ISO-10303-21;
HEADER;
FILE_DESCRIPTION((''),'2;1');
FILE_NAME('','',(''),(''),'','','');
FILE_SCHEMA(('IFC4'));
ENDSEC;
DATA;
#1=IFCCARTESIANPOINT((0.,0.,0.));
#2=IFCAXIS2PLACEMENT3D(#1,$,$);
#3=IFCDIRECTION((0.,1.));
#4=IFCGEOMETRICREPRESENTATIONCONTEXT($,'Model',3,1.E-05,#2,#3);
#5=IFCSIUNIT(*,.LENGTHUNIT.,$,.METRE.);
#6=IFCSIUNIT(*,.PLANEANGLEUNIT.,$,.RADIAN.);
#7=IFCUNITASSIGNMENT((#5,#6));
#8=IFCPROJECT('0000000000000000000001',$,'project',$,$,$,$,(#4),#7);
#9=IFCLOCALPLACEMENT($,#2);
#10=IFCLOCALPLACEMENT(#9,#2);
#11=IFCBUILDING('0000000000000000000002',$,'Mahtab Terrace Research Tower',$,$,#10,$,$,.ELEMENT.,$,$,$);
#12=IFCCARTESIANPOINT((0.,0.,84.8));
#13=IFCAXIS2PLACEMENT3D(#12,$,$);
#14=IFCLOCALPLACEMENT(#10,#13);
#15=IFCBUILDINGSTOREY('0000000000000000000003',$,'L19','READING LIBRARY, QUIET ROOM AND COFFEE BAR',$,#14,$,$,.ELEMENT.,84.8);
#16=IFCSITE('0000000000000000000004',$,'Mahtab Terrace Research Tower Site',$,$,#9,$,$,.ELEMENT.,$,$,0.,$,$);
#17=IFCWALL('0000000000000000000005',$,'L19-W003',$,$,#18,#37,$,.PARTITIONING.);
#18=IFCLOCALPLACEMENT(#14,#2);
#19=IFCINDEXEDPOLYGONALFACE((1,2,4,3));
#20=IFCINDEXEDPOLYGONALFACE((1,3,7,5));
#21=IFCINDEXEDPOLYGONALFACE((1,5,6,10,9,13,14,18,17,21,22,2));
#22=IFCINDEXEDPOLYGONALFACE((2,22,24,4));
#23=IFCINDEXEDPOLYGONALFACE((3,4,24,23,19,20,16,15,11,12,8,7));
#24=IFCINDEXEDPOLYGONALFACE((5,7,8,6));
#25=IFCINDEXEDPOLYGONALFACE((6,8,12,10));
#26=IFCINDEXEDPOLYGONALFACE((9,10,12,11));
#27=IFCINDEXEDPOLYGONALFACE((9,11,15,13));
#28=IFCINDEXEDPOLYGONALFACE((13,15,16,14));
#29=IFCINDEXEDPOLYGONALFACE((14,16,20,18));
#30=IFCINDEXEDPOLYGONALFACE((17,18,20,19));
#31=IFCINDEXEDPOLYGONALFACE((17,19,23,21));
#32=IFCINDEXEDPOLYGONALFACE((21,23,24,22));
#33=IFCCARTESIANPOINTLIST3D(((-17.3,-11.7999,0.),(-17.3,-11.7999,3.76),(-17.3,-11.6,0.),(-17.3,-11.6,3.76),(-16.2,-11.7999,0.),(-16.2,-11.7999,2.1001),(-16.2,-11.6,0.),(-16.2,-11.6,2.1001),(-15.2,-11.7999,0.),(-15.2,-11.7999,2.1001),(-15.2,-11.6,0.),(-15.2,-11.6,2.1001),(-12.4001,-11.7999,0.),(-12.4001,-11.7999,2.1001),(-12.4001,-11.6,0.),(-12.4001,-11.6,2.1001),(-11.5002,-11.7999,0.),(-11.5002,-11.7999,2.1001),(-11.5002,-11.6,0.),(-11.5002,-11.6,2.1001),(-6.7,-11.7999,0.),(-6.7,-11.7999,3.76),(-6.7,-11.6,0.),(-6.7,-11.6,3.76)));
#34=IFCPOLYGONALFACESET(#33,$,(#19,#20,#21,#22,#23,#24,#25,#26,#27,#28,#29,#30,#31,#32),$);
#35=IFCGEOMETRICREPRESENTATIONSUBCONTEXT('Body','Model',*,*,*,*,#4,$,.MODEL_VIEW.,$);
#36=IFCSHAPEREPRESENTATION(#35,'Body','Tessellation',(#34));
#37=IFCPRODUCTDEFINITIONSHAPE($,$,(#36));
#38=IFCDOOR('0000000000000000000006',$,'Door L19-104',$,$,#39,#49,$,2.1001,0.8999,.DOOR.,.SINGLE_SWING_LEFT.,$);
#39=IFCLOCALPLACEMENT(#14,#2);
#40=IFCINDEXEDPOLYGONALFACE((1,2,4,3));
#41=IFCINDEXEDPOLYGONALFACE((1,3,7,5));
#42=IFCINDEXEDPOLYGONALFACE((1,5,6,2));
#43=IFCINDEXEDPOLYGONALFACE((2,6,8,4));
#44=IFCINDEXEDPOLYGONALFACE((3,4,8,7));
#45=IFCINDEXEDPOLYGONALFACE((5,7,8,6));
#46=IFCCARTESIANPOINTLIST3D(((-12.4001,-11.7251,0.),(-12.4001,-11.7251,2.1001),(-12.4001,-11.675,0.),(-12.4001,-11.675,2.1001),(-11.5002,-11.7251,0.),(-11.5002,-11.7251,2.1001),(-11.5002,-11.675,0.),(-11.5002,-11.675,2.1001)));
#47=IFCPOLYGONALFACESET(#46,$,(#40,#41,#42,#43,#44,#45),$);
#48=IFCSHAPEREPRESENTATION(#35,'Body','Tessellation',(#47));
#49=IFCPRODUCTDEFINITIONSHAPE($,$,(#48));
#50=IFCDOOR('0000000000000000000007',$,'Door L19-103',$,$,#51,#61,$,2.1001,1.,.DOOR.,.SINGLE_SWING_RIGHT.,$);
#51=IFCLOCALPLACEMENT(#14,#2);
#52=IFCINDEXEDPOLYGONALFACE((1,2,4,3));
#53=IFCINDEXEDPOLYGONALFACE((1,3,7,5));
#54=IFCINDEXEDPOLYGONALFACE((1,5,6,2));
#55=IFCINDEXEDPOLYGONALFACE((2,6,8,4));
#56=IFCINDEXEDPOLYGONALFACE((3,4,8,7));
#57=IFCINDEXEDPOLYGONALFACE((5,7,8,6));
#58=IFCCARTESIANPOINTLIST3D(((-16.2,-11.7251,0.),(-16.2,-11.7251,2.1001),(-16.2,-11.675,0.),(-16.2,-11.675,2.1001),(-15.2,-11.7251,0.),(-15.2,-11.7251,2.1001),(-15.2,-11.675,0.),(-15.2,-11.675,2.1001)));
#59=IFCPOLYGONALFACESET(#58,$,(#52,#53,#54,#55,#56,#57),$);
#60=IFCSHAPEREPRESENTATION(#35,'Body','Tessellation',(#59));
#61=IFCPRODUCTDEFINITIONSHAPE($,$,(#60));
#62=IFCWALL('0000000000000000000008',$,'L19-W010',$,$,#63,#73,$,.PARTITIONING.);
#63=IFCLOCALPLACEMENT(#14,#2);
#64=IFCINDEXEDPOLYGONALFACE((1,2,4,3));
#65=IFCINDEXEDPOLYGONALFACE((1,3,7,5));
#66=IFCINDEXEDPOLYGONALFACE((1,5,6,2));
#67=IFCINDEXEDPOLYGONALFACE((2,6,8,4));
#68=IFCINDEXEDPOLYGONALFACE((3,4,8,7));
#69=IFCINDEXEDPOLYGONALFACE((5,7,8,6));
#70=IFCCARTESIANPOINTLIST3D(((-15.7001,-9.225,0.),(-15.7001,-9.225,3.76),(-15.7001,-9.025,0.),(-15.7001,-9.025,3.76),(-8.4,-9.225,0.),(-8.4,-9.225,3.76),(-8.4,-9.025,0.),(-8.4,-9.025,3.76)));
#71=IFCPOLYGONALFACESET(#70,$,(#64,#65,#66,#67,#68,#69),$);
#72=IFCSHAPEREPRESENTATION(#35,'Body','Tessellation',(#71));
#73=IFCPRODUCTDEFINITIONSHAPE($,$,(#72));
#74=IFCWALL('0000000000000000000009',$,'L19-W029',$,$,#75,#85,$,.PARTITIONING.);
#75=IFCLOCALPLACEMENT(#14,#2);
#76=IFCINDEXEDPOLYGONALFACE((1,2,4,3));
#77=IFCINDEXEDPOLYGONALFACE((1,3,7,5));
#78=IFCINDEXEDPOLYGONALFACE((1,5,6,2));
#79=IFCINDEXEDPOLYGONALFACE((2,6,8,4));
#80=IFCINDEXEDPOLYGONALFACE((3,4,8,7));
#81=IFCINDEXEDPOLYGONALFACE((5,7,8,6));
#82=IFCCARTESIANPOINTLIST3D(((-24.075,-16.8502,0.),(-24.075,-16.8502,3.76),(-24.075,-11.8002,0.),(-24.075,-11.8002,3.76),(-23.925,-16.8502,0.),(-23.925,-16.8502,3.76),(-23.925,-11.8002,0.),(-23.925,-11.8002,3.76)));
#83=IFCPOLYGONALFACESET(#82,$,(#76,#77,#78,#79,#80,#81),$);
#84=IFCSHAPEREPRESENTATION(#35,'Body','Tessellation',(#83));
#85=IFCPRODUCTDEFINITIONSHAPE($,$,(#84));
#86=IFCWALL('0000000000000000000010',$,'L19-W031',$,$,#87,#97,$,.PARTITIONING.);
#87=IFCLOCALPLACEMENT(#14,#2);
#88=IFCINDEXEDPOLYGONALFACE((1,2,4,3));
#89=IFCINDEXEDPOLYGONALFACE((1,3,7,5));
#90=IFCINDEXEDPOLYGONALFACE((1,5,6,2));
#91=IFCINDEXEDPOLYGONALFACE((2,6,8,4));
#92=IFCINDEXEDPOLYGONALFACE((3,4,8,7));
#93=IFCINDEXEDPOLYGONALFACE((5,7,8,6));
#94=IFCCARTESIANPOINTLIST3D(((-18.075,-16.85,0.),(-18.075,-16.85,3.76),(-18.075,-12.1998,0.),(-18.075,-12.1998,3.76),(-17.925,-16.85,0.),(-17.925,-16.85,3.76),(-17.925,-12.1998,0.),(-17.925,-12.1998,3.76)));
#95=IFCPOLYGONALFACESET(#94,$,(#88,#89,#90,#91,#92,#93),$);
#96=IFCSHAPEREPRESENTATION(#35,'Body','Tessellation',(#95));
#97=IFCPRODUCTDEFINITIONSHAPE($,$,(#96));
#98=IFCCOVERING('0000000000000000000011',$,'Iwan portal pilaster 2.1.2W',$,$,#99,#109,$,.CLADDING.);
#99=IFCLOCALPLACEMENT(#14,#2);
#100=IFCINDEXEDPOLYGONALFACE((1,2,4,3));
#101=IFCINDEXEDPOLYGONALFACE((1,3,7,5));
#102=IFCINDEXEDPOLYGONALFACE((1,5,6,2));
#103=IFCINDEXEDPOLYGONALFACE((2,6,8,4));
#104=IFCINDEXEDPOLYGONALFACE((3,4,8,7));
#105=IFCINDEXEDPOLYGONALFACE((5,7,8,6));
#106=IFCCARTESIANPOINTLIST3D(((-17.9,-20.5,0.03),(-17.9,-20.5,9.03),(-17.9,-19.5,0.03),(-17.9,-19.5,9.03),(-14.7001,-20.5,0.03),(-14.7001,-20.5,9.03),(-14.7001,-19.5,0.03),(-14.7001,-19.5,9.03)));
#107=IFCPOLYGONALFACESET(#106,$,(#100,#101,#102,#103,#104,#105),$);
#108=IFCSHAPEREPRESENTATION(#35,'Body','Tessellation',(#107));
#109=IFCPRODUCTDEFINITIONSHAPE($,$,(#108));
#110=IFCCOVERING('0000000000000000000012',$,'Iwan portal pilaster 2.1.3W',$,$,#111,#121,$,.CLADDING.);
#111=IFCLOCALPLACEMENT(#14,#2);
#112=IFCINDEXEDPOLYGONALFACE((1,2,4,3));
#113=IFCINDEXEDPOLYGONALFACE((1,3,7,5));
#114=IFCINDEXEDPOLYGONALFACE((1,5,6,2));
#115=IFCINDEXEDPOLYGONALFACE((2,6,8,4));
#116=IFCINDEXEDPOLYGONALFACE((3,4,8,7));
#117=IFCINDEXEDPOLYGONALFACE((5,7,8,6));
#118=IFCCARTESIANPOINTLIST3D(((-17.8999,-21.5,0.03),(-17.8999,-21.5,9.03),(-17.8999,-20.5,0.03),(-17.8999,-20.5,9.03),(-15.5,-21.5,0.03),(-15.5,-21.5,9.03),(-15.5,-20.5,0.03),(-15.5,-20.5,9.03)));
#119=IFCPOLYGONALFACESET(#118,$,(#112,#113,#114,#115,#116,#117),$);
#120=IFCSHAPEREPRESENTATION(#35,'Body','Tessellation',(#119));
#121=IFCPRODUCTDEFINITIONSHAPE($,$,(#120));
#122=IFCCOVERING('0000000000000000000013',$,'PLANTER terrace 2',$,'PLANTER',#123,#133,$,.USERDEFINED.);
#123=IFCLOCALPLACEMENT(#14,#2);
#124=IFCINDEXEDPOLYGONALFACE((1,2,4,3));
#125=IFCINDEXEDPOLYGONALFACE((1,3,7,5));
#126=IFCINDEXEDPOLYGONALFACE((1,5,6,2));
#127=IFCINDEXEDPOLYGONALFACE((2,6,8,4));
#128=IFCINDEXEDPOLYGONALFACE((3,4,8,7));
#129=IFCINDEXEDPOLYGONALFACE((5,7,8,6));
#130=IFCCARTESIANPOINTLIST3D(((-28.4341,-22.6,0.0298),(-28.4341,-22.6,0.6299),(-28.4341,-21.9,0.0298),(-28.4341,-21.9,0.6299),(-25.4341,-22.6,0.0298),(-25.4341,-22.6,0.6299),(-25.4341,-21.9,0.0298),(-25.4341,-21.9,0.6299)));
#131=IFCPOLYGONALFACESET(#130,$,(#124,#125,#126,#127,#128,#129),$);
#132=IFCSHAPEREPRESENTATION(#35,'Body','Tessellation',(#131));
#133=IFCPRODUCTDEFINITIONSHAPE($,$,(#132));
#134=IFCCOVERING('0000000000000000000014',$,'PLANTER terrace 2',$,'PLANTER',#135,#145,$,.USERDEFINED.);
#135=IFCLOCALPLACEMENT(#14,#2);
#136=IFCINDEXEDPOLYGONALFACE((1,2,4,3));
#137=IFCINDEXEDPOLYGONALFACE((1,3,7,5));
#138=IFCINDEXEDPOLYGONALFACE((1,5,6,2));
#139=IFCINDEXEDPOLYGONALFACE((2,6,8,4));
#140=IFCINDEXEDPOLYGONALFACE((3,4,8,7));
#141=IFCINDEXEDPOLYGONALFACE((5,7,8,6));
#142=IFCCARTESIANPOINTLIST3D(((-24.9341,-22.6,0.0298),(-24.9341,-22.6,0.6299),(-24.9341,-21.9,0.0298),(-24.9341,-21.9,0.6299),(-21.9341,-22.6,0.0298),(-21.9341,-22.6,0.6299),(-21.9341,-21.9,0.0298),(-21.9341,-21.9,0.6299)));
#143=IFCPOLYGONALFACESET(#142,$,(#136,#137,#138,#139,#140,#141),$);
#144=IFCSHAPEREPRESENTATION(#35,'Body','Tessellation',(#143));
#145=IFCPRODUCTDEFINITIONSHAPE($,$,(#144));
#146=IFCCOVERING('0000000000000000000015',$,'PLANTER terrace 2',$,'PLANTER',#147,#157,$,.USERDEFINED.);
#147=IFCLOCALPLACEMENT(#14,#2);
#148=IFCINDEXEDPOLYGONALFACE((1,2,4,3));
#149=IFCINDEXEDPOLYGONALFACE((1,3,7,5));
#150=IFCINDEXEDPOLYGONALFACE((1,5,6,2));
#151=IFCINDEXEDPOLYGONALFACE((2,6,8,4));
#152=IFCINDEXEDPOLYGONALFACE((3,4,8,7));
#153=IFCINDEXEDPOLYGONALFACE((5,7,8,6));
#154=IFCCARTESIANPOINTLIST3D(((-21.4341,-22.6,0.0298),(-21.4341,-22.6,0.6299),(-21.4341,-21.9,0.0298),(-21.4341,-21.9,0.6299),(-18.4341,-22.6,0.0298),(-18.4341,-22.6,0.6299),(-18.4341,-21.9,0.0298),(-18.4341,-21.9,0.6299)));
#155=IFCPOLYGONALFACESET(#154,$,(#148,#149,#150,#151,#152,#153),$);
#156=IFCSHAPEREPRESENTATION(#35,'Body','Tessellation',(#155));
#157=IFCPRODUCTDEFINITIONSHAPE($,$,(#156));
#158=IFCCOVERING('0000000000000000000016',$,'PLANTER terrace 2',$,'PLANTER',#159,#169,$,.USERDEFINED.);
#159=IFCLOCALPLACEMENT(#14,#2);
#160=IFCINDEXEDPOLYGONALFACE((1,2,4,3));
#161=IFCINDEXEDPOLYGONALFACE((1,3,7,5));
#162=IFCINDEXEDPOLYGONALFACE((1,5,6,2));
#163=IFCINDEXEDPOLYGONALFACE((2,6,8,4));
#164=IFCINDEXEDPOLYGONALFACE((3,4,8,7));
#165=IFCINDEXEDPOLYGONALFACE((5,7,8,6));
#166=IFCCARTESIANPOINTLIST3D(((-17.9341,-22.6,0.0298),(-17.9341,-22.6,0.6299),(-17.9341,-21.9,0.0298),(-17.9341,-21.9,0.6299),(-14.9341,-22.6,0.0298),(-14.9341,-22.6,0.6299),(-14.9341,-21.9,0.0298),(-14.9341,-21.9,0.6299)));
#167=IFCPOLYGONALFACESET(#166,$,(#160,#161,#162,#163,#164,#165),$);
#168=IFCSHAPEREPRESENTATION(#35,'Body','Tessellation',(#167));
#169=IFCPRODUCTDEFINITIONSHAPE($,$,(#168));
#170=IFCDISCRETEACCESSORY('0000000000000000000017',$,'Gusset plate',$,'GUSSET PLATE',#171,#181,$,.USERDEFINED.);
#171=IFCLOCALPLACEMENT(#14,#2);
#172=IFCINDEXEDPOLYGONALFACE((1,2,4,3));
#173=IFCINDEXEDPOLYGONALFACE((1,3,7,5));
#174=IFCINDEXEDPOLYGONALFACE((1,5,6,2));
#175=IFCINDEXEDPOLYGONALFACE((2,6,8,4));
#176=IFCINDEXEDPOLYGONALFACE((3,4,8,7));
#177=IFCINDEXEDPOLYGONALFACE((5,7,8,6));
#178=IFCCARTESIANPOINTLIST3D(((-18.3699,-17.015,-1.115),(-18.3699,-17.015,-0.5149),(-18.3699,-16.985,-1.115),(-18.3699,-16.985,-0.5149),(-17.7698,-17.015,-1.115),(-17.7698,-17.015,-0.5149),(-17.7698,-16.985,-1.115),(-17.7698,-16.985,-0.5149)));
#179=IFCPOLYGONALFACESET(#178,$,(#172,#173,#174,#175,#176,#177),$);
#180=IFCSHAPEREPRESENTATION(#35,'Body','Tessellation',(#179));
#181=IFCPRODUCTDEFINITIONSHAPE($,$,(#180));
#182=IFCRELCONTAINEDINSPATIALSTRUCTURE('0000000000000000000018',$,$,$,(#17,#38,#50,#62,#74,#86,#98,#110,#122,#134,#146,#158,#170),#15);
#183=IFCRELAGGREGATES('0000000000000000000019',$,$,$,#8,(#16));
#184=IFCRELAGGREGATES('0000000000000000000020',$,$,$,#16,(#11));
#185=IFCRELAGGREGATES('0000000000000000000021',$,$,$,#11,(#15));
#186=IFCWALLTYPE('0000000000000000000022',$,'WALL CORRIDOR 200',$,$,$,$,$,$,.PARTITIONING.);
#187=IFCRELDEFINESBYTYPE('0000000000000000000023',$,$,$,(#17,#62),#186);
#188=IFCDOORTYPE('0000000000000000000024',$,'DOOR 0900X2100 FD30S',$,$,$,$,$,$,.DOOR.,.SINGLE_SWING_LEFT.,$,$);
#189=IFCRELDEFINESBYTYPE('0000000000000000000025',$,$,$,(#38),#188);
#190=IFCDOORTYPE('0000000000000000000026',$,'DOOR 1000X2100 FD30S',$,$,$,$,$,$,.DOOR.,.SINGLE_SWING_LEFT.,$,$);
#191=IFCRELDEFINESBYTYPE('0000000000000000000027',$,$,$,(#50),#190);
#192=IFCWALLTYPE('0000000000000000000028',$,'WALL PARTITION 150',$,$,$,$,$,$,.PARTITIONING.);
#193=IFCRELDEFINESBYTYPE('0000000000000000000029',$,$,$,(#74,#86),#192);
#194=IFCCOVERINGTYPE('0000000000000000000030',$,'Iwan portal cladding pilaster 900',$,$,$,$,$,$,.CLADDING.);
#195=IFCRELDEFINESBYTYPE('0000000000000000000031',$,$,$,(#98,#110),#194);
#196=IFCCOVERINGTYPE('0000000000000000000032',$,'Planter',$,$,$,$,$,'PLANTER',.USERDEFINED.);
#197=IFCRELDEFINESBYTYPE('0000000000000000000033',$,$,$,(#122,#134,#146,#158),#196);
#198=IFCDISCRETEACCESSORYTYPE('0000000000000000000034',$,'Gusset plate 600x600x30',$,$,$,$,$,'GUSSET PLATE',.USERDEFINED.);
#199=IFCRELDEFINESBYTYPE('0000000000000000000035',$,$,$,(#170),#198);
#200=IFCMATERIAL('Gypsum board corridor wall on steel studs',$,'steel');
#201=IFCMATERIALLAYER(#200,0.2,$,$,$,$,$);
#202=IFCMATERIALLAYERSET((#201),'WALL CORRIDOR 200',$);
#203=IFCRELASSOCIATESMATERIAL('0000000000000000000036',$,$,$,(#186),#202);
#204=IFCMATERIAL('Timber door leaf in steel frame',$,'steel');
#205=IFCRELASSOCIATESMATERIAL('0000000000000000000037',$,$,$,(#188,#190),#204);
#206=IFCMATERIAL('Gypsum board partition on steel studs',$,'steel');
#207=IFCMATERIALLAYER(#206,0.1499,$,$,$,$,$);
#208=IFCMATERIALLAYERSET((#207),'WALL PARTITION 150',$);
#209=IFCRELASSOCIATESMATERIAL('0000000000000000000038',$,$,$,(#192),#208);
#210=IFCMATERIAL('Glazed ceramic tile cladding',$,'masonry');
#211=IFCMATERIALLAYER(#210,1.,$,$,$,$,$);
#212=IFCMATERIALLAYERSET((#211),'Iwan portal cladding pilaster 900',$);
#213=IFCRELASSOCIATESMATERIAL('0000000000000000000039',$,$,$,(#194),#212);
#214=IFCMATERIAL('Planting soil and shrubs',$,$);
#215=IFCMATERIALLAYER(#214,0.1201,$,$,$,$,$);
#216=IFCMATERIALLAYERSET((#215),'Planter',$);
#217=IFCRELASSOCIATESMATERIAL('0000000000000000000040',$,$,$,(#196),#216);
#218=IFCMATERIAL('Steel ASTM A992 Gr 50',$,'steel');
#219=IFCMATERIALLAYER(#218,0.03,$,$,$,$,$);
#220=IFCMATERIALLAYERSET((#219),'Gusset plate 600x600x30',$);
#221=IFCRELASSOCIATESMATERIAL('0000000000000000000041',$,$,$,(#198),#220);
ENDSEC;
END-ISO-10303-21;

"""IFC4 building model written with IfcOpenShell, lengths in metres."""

from ifc_helpers import new_model, si_unit, direction, frame, frame_2d, origin, origin_2d, place, context, subcontext, project, spatial, rectangle, extrude, material, layer, layer_set, type_object, element, fill, save


model = new_model("IFC4")

# Units and contexts
model_context = context("Model", 3, precision=1e-05, world=origin(), true_north=direction((0.0, 1.0)))
body_context = subcontext(model_context, "Body", "Model", "MODEL_VIEW")
ifc_project = project(units=[si_unit("LENGTHUNIT", "METRE"), si_unit("PLANEANGLEUNIT", "RADIAN")], contexts=[model_context])

# Site, building, storey
site_placement = place(None, origin())
site = spatial("IfcSite", under=ifc_project, at=site_placement, Name="Mahtab Terrace Research Tower Site", CompositionType="ELEMENT", RefElevation=0.0)
building_placement = place(site_placement, origin())
building = spatial("IfcBuilding", under=site, at=building_placement, Name="Mahtab Terrace Research Tower", CompositionType="ELEMENT")
storey_placement = place(building_placement, frame((0.0, 0.0, 84.8)))
storey = spatial("IfcBuildingStorey", under=building, at=storey_placement, Name="L19", Description="READING LIBRARY, QUIET ROOM AND COFFEE BAR", CompositionType="ELEMENT", Elevation=84.8)

# Shared definitions
ifc_material_1 = material(Name="Steel ASTM A992 Gr 50", Category="steel")

# Wall, openings, doors
ifc_material_2 = material(Name="Gypsum board corridor wall on steel studs", Category="steel")
ifc_layer_1 = layer(ifc_material_2, 0.2)
ifc_layer_set_1 = layer_set([ifc_layer_1], Name="WALL CORRIDOR 200")
wall_type_1 = type_object("IfcWallType", Name="WALL CORRIDOR 200", PredefinedType="PARTITIONING", material=ifc_layer_set_1)
wall_1_placement = place(storey_placement, frame((-17.3, -11.7, 0.0), z_axis=(0.0, 0.0, 1.0), x_axis=(1.0, 0.0, 0.0)))
wall_1 = element("IfcWall", 1, at=wall_1_placement, inside=storey, type_object=wall_type_1, Name="L19-W003", PredefinedType="PARTITIONING", context=body_context, shape_type="SweptSolid", body=[
    extrude(rectangle(XDim=10.6001, YDim=0.2, at=frame_2d((5.3, 0.0))), origin(), (0.0, 0.0, 1.0), 3.76),
])
opening_1_placement = place(wall_1_placement, frame((1.1001, 0.0, 0.0)))
opening_1 = element("IfcOpeningElement", 2, at=opening_1_placement, cuts=wall_1, PredefinedType="OPENING", context=body_context, shape_type="SweptSolid", body=[
    extrude(rectangle(XDim=1.0, YDim=2.1001, at=frame_2d((0.5, 1.05))), frame((0.0, 0.1099, 0.0), z_axis=(0.0, -1.0, 0.0), x_axis=(1.0, 0.0, 0.0)), (0.0, 0.0, 1.0), 0.22),
])
opening_2_placement = place(wall_1_placement, frame((4.8999, 0.0, 0.0)))
opening_2 = element("IfcOpeningElement", 3, at=opening_2_placement, cuts=wall_1, PredefinedType="OPENING", context=body_context, shape_type="SweptSolid", body=[
    extrude(rectangle(XDim=0.8999, YDim=2.1001, at=frame_2d((0.45, 1.05))), frame((0.0, 0.1099, 0.0), z_axis=(0.0, -1.0, 0.0), x_axis=(1.0, 0.0, 0.0)), (0.0, 0.0, 1.0), 0.22),
])
ifc_material_3 = material(Name="Timber door leaf in steel frame", Category="steel")
door_type_1 = type_object("IfcDoorType", Name="DOOR 0900X2100 FD30S", OperationType="SINGLE_SWING_LEFT", PredefinedType="DOOR", material=ifc_material_3)
door_1_placement = place(opening_2_placement, origin())
door_1 = element("IfcDoor", 4, at=door_1_placement, inside=storey, type_object=door_type_1, Name="Door L19-104", OperationType="SINGLE_SWING_LEFT", OverallHeight=2.1001, OverallWidth=0.8999, PredefinedType="DOOR", context=body_context, shape_type="SweptSolid", body=[
    extrude(rectangle(XDim=0.8999, YDim=2.1001, at=frame_2d((0.45, 1.05))), frame((0.0, 0.0249, 0.0), z_axis=(0.0, -1.0, 0.0), x_axis=(1.0, 0.0, 0.0)), (0.0, 0.0, 1.0), 0.05),
])
fill(opening_2, door_1)
door_type_2 = type_object("IfcDoorType", Name="DOOR 1000X2100 FD30S", OperationType="SINGLE_SWING_LEFT", PredefinedType="DOOR", material=ifc_material_3)
door_2_placement = place(opening_1_placement, origin())
door_2 = element("IfcDoor", 5, at=door_2_placement, inside=storey, type_object=door_type_2, Name="Door L19-103", OperationType="SINGLE_SWING_RIGHT", OverallHeight=2.1001, OverallWidth=1.0, PredefinedType="DOOR", context=body_context, shape_type="SweptSolid", body=[
    extrude(rectangle(XDim=1.0, YDim=2.1001, at=frame_2d((0.5, 1.05))), frame((0.0, 0.0249, 0.0), z_axis=(0.0, -1.0, 0.0), x_axis=(1.0, 0.0, 0.0)), (0.0, 0.0, 1.0), 0.05),
])
fill(opening_1, door_2)

# Walls
wall_2_placement = place(storey_placement, frame((-15.7, -9.125, 0.0), z_axis=(0.0, 0.0, 1.0), x_axis=(1.0, 0.0, 0.0)))
element("IfcWall", 6, at=wall_2_placement, inside=storey, type_object=wall_type_1, Name="L19-W010", PredefinedType="PARTITIONING", context=body_context, shape_type="SweptSolid", body=[
    extrude(rectangle(XDim=7.3, YDim=0.2, at=frame_2d((3.6499, 0.0))), origin(), (0.0, 0.0, 1.0), 3.76),
])
ifc_material_4 = material(Name="Gypsum board partition on steel studs", Category="steel")
ifc_layer_2 = layer(ifc_material_4, 0.1499)
ifc_layer_set_2 = layer_set([ifc_layer_2], Name="WALL PARTITION 150")
wall_type_2 = type_object("IfcWallType", Name="WALL PARTITION 150", PredefinedType="PARTITIONING", material=ifc_layer_set_2)
wall_3_placement = place(storey_placement, frame((-24.0, -16.8501, 0.0), z_axis=(0.0, 0.0, 1.0), x_axis=(0.0, 1.0, 0.0)))
element("IfcWall", 7, at=wall_3_placement, inside=storey, type_object=wall_type_2, Name="L19-W029", PredefinedType="PARTITIONING", context=body_context, shape_type="SweptSolid", body=[
    extrude(rectangle(XDim=5.05, YDim=0.1499, at=frame_2d((2.5249, 0.0))), origin(), (0.0, 0.0, 1.0), 3.76),
])
wall_4_placement = place(storey_placement, frame((-18.0, -16.8501, 0.0), z_axis=(0.0, 0.0, 1.0), x_axis=(0.0, 1.0, 0.0)))
element("IfcWall", 8, at=wall_4_placement, inside=storey, type_object=wall_type_2, Name="L19-W031", PredefinedType="PARTITIONING", context=body_context, shape_type="SweptSolid", body=[
    extrude(rectangle(XDim=4.6501, YDim=0.1499, at=frame_2d((2.3252, 0.0))), origin(), (0.0, 0.0, 1.0), 3.76),
])

# Coverings
ifc_material_5 = material(Name="Glazed ceramic tile cladding", Category="masonry")
ifc_layer_3 = layer(ifc_material_5, 1.0)
ifc_layer_set_3 = layer_set([ifc_layer_3], Name="Iwan portal cladding pilaster 900")
covering_type_1 = type_object("IfcCoveringType", Name="Iwan portal cladding pilaster 900", PredefinedType="CLADDING", material=ifc_layer_set_3)
covering_1_placement = place(storey_placement, frame((-16.3, -20.0, 0.03), z_axis=(0.0, 0.0, 1.0), x_axis=(1.0, 0.0, 0.0)))
element("IfcCovering", 9, at=covering_1_placement, inside=storey, type_object=covering_type_1, Name="Iwan portal pilaster 2.1.2W", PredefinedType="CLADDING", context=body_context, shape_type="SweptSolid", body=[
    extrude(rectangle(XDim=3.2, YDim=1.0, at=origin_2d()), origin(), (0.0, 0.0, 1.0), 9.0),
])
covering_2_placement = place(storey_placement, frame((-16.7, -21.0, 0.03), z_axis=(0.0, 0.0, 1.0), x_axis=(1.0, 0.0, 0.0)))
element("IfcCovering", 10, at=covering_2_placement, inside=storey, type_object=covering_type_1, Name="Iwan portal pilaster 2.1.3W", PredefinedType="CLADDING", context=body_context, shape_type="SweptSolid", body=[
    extrude(rectangle(XDim=2.3999, YDim=1.0, at=origin_2d()), origin(), (0.0, 0.0, 1.0), 9.0),
])
ifc_material_6 = material(Name="Planting soil and shrubs")
ifc_layer_4 = layer(ifc_material_6, 0.1201)
ifc_layer_set_4 = layer_set([ifc_layer_4], Name="Planter")
covering_type_2 = type_object("IfcCoveringType", Name="Planter", ElementType="PLANTER", PredefinedType="USERDEFINED", material=ifc_layer_set_4)
for number, where, z_axis, x_axis, name in (
    (11, (-26.9341, -22.25, 0.0298), (0.0, 0.0, 1.0), (1.0, 0.0, 0.0), "PLANTER terrace 2"),
    (12, (-23.4341, -22.25, 0.0298), (0.0, 0.0, 1.0), (1.0, 0.0, 0.0), "PLANTER terrace 2"),
    (13, (-19.9341, -22.25, 0.0298), (0.0, 0.0, 1.0), (1.0, 0.0, 0.0), "PLANTER terrace 2"),
    (14, (-16.4341, -22.25, 0.0298), (0.0, 0.0, 1.0), (1.0, 0.0, 0.0), "PLANTER terrace 2"),
):
    element("IfcCovering", number, at=place(storey_placement, frame(where, z_axis=z_axis, x_axis=x_axis)), inside=storey, type_object=covering_type_2, Name=name, ObjectType="PLANTER", PredefinedType="USERDEFINED", context=body_context, shape_type="SweptSolid", body=[
        extrude(rectangle(XDim=3.0, YDim=0.7, at=origin_2d()), origin(), (0.0, 0.0, 1.0), 0.6001),
    ])

# Discrete accessory
ifc_layer_5 = layer(ifc_material_1, 0.03)
ifc_layer_set_5 = layer_set([ifc_layer_5], Name="Gusset plate 600x600x30")
discrete_accessory_type = type_object("IfcDiscreteAccessoryType", Name="Gusset plate 600x600x30", ElementType="GUSSET PLATE", PredefinedType="USERDEFINED", material=ifc_layer_set_5)
discrete_accessory_placement = place(storey_placement, frame((-18.0698, -17.0, -1.115), z_axis=(0.0, 0.0, 1.0), x_axis=(1.0, 0.0, 0.0)))
element("IfcDiscreteAccessory", 15, at=discrete_accessory_placement, inside=storey, type_object=discrete_accessory_type, Name="Gusset plate", ObjectType="GUSSET PLATE", PredefinedType="USERDEFINED", context=body_context, shape_type="SweptSolid", body=[
    extrude(rectangle(XDim=0.6001, YDim=0.03, at=origin_2d()), origin(), (0.0, 0.0, 1.0), 0.6001),
])

save(model, "model.ifc")
